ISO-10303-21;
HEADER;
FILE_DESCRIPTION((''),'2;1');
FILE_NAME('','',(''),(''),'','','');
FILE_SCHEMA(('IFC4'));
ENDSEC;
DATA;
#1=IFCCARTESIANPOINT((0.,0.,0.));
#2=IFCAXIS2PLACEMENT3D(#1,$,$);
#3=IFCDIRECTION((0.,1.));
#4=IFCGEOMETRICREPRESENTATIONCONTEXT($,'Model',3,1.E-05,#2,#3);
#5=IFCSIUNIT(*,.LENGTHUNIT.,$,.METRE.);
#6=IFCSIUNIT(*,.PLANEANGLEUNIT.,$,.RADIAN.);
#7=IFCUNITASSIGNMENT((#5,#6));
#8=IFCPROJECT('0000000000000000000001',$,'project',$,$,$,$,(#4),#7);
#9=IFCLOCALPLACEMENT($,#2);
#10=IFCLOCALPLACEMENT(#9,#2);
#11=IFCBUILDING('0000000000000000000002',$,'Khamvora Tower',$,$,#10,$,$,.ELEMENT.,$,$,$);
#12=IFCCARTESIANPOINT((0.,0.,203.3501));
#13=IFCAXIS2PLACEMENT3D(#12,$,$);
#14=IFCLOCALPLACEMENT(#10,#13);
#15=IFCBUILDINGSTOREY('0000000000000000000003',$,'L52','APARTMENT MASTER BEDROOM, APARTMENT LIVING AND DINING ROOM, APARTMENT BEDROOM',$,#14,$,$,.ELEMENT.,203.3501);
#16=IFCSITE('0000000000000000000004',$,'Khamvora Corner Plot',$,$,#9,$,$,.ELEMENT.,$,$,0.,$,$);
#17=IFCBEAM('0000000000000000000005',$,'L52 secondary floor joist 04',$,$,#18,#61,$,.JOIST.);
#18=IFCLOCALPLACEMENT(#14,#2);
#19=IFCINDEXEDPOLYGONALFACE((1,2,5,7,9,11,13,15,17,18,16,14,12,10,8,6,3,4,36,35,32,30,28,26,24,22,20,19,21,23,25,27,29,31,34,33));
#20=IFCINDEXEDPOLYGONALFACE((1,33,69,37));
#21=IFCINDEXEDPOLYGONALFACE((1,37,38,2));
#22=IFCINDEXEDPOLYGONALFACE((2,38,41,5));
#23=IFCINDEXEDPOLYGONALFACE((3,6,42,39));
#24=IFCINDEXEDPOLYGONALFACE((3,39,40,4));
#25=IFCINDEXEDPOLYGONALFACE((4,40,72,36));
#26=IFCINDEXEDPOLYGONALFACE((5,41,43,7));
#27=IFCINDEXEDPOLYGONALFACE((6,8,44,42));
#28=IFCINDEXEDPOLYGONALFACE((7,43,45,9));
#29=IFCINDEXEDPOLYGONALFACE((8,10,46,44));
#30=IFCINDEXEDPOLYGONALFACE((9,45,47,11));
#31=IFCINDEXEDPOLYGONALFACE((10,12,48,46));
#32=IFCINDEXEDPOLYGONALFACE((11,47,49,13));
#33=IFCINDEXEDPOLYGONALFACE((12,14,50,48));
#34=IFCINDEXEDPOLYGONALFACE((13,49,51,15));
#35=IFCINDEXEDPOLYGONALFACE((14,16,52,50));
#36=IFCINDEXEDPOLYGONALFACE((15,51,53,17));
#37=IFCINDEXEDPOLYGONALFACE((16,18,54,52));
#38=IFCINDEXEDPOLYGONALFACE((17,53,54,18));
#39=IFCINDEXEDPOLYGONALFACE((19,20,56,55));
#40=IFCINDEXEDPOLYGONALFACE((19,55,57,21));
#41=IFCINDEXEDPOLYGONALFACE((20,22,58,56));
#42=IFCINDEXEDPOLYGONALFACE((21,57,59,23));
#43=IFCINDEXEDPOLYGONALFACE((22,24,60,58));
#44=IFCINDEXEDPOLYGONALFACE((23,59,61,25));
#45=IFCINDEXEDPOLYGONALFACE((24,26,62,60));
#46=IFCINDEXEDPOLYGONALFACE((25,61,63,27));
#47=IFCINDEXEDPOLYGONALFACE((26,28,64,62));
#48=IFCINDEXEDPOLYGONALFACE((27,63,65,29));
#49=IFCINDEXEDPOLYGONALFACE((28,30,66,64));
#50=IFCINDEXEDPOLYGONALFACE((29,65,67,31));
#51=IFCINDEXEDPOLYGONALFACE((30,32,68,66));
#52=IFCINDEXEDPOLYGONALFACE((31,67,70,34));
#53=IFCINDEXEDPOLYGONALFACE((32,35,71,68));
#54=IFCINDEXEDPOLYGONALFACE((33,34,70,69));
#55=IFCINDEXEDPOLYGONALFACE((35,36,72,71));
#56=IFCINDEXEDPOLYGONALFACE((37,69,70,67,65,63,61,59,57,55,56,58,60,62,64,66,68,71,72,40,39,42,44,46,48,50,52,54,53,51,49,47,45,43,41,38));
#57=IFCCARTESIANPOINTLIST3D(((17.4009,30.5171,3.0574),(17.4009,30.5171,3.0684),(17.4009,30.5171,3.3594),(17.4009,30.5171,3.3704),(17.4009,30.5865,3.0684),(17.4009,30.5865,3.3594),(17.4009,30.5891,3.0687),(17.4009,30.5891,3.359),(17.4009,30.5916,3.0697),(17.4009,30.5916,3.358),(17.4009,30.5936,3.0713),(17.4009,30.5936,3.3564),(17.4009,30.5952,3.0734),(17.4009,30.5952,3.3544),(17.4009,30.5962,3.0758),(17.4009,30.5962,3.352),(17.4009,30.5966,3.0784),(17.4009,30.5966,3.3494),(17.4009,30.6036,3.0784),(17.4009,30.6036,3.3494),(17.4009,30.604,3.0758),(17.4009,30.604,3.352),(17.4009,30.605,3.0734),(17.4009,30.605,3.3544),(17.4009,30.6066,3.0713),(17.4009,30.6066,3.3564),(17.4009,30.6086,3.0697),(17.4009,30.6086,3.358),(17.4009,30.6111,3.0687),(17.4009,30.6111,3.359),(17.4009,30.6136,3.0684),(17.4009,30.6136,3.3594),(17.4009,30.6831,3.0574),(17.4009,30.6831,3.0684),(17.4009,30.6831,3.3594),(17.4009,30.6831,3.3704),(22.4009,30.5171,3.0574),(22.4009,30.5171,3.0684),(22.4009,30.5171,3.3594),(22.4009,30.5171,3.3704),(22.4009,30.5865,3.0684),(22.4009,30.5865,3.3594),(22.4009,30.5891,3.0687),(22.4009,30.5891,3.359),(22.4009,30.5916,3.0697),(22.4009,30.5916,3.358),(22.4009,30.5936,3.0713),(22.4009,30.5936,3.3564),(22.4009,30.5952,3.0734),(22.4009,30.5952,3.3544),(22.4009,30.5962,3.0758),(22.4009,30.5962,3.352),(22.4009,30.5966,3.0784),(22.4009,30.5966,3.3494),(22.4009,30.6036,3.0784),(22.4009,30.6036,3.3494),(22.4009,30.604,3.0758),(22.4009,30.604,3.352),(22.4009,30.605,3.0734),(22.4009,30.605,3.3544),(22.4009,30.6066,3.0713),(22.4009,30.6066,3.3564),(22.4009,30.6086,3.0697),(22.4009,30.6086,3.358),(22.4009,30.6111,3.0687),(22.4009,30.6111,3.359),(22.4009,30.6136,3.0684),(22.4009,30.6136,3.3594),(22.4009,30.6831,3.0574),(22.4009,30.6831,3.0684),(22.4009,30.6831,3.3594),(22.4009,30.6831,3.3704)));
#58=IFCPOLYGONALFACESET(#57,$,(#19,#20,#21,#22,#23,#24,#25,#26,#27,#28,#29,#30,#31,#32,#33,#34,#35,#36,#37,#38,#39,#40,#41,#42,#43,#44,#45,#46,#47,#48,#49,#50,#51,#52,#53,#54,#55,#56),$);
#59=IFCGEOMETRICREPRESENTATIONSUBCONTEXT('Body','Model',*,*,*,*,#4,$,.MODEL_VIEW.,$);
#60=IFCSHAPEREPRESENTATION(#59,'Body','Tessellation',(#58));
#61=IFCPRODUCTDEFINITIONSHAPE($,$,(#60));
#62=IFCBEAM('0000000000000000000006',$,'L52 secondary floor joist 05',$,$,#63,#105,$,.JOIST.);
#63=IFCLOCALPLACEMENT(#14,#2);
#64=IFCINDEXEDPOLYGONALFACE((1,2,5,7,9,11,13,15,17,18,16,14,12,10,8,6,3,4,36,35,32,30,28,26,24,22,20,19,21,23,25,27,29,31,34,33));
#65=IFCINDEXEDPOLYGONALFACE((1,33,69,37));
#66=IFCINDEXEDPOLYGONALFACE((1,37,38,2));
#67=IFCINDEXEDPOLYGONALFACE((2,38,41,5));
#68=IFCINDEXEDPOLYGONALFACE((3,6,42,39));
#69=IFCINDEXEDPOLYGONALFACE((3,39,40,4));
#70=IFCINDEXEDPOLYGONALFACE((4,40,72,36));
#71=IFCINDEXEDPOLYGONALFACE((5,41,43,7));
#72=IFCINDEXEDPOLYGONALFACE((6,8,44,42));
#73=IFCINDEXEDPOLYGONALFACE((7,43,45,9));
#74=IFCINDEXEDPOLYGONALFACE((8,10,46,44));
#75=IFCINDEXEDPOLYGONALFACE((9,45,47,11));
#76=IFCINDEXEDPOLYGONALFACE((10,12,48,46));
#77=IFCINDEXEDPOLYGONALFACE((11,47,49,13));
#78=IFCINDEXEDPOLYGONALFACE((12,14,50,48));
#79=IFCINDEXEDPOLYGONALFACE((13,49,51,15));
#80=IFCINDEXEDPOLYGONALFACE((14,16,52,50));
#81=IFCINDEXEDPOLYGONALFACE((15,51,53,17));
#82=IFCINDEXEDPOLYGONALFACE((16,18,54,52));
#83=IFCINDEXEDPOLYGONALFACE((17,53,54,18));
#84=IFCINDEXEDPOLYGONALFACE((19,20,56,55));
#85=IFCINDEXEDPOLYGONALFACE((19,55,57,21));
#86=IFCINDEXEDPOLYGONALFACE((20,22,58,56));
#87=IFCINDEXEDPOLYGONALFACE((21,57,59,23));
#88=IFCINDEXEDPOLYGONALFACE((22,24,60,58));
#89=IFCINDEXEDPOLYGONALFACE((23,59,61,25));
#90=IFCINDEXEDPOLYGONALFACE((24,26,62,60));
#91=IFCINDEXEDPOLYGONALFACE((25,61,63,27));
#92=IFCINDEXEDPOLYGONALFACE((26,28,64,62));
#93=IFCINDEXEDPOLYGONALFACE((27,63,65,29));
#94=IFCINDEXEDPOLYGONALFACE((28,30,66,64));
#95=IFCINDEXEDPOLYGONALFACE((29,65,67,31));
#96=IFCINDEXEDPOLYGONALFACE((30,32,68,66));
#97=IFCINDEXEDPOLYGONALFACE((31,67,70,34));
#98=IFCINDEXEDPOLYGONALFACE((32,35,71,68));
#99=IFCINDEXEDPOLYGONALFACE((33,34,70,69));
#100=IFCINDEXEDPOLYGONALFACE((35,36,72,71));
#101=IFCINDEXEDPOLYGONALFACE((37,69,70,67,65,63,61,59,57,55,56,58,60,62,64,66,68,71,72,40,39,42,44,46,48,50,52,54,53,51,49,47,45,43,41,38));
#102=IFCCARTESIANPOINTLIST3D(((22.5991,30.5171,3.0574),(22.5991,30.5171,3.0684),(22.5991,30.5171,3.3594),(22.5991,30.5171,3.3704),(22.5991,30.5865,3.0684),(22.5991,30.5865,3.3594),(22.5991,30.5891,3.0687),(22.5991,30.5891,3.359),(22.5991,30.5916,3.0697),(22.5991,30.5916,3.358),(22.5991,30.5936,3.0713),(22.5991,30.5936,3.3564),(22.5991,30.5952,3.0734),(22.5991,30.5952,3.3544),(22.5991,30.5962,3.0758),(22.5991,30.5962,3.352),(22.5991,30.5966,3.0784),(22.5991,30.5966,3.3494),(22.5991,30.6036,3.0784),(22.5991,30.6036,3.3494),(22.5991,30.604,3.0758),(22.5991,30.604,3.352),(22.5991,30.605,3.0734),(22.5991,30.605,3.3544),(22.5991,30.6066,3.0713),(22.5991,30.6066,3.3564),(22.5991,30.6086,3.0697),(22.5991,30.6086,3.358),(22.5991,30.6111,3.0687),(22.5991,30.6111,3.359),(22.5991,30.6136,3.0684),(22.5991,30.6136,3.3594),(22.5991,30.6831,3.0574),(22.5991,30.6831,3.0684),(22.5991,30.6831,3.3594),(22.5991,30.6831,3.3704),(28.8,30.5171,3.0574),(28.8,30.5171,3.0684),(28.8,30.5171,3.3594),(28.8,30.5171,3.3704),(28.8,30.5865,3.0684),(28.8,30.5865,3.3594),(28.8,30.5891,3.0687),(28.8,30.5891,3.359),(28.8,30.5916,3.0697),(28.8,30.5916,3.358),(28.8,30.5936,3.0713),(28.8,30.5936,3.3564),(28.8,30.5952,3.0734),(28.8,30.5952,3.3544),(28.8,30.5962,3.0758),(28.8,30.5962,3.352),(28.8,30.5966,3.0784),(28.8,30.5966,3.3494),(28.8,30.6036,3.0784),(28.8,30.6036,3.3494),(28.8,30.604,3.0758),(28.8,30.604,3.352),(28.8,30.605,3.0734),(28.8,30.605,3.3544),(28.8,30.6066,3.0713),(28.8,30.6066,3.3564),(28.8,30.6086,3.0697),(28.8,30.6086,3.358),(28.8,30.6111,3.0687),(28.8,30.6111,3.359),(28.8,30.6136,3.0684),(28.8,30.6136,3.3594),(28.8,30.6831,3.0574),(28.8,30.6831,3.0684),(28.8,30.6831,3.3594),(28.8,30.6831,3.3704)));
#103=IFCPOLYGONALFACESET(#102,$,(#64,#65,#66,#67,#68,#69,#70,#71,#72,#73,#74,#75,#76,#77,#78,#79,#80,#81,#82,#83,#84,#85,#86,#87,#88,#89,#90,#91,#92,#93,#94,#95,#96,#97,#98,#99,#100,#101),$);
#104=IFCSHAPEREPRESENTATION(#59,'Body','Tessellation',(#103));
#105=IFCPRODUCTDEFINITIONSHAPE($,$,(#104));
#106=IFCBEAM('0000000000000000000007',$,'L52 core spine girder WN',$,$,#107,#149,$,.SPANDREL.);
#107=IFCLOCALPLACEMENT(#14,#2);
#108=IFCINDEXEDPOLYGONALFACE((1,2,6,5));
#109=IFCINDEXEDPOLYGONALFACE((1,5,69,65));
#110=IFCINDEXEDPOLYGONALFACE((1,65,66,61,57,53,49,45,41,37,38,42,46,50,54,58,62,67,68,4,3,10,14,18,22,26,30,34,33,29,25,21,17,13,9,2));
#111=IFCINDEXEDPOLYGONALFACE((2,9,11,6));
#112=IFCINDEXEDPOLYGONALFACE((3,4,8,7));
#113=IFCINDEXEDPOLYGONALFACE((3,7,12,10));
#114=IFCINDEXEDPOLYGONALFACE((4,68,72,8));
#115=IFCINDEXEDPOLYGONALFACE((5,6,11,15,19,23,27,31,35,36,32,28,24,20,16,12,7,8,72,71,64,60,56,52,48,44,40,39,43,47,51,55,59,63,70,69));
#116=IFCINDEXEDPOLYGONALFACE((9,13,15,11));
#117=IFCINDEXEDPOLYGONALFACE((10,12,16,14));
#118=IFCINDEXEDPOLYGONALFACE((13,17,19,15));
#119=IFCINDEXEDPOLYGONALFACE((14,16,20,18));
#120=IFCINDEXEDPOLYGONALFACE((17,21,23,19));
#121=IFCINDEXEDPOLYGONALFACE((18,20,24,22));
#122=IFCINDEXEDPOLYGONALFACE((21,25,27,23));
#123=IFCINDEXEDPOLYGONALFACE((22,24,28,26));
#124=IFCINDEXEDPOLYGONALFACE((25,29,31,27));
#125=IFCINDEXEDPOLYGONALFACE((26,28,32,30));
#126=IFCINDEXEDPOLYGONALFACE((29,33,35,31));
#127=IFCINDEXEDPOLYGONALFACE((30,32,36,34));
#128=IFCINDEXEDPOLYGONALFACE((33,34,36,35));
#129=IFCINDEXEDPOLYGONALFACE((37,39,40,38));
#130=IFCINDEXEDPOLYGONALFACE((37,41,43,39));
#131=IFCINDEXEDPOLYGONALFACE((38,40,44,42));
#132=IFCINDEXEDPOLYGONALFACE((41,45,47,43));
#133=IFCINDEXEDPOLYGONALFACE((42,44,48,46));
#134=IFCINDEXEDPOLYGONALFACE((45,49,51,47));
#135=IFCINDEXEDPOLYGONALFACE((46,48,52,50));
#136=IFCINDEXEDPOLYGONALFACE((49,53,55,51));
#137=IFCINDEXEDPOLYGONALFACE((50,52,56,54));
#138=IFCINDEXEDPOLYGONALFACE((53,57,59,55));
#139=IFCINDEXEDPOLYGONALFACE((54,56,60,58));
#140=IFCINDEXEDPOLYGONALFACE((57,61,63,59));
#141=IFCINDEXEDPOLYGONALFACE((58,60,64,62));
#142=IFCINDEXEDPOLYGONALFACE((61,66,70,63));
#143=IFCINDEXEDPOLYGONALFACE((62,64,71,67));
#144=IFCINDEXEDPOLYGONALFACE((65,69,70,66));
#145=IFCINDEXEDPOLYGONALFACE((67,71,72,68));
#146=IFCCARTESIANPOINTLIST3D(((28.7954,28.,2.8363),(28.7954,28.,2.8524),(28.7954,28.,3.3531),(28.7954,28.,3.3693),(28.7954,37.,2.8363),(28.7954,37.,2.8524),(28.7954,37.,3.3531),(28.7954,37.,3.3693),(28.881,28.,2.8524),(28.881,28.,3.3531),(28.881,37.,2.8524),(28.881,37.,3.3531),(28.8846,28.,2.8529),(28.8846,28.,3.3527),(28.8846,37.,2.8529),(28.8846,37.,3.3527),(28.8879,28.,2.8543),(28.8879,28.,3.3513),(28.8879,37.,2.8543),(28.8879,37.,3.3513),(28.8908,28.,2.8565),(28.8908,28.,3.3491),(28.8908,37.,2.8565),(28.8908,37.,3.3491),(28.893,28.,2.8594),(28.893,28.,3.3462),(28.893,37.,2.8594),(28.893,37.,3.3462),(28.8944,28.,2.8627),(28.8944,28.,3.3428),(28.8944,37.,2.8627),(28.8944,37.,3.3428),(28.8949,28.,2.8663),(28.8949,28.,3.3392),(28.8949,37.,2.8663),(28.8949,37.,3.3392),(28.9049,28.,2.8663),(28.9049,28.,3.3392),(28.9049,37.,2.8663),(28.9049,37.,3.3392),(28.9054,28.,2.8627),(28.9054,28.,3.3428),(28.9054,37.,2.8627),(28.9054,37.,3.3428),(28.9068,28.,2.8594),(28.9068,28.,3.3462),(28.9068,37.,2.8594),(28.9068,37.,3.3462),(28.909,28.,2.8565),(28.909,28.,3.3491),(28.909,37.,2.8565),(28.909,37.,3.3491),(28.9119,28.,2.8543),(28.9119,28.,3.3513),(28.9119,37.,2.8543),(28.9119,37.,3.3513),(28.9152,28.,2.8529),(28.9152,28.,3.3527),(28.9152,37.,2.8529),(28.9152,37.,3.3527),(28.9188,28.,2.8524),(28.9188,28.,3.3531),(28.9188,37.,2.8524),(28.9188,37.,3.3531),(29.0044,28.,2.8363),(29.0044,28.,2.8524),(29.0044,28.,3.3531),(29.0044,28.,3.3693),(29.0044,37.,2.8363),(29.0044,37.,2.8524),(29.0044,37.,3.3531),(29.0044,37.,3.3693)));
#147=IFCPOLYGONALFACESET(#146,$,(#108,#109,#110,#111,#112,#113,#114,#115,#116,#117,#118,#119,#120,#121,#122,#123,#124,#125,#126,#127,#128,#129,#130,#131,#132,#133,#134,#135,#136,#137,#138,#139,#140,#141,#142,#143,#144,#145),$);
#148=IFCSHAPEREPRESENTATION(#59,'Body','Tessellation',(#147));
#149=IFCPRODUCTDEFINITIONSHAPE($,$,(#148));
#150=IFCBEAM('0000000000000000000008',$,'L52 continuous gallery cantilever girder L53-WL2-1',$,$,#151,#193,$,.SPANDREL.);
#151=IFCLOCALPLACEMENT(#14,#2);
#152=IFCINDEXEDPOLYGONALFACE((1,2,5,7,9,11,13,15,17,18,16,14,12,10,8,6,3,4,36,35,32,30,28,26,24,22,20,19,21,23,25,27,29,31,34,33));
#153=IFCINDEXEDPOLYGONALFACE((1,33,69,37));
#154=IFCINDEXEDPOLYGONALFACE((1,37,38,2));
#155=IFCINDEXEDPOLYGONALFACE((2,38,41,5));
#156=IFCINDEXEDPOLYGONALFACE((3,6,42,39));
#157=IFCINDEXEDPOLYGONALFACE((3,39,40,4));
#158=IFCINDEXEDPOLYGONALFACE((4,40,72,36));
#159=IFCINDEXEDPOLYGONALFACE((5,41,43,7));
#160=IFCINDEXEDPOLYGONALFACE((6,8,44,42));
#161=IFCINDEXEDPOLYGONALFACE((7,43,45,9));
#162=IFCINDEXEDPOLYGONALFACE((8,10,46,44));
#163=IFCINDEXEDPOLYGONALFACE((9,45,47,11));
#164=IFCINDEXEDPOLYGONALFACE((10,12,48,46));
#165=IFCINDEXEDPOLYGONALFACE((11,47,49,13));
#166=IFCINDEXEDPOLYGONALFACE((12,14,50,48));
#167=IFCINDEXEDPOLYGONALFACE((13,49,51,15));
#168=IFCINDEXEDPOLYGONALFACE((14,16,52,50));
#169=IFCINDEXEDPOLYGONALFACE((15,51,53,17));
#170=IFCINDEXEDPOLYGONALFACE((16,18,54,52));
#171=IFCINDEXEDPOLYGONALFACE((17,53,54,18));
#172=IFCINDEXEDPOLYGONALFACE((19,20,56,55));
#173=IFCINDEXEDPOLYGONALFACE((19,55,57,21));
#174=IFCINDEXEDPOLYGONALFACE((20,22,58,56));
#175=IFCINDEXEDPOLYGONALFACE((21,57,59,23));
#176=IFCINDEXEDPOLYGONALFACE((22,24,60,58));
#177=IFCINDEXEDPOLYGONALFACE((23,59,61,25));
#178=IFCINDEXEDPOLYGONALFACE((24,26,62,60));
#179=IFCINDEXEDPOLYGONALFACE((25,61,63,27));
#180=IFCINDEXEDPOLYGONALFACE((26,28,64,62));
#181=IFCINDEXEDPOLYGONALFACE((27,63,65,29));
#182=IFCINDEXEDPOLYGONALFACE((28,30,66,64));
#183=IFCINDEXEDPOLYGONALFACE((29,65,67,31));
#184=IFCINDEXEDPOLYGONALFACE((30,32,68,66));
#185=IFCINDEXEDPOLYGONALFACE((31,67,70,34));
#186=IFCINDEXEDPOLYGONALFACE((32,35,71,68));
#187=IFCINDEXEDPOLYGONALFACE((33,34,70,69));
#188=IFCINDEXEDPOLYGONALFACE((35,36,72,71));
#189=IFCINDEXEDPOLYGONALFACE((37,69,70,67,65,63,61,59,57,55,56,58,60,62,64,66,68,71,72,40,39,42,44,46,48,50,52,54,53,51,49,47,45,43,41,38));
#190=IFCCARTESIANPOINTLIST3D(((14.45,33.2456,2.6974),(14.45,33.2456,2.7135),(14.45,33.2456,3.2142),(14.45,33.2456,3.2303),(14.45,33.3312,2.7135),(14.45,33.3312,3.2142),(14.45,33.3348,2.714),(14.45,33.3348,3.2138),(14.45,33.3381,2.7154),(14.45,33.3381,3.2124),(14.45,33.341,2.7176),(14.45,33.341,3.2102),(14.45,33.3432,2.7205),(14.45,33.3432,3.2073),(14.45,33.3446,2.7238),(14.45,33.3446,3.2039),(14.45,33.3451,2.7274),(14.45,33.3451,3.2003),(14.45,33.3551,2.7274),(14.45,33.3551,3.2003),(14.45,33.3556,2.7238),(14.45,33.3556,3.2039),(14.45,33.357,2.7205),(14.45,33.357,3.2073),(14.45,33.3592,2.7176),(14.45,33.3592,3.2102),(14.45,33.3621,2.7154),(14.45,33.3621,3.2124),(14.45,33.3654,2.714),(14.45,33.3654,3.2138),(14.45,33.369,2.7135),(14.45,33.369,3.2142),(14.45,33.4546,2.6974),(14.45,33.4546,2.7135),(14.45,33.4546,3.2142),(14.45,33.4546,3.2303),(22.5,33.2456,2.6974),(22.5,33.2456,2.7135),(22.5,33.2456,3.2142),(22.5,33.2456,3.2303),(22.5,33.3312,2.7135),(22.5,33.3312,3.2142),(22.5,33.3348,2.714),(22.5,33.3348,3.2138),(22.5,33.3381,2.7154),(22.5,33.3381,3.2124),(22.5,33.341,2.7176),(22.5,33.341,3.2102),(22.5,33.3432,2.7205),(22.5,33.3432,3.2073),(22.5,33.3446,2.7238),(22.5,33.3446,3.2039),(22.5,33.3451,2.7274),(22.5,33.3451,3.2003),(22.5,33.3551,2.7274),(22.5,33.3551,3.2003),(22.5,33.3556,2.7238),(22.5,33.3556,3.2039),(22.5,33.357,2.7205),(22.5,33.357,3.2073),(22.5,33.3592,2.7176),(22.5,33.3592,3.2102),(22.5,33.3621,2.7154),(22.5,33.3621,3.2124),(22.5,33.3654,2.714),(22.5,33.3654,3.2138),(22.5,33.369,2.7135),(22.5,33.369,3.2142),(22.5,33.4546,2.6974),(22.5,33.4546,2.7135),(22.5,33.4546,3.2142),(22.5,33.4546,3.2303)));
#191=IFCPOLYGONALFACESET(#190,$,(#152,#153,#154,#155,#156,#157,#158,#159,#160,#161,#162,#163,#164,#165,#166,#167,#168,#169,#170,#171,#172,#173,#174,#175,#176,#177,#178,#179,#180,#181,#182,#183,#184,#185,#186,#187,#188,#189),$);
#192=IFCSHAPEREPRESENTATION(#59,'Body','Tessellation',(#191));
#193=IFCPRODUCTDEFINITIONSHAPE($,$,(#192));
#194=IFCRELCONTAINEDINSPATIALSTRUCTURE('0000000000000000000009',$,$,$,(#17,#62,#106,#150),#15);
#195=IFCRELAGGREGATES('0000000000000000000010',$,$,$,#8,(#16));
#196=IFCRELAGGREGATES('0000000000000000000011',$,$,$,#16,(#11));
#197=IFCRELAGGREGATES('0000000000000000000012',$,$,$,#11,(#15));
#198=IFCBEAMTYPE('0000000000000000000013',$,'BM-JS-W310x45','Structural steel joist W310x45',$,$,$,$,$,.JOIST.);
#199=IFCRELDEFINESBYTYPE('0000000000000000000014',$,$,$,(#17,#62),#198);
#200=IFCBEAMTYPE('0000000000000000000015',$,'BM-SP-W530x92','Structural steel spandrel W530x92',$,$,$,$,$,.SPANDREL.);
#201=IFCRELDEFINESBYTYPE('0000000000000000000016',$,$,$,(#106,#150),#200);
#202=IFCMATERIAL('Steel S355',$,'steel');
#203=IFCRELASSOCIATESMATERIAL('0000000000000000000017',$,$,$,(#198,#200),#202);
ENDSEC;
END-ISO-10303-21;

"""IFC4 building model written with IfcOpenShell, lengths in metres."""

from ifc_helpers import new_model, si_unit, direction, frame, origin, origin_2d, place, context, subcontext, project, spatial, i_section, extrude, material, material_profile, profile_set, type_object, element, save


model = new_model("IFC4")

# Units and contexts
model_context = context("Model", 3, precision=1e-05, world=origin(), true_north=direction((0.0, 1.0)))
body_context = subcontext(model_context, "Body", "Model", "MODEL_VIEW")
ifc_project = project(units=[si_unit("LENGTHUNIT", "METRE"), si_unit("PLANEANGLEUNIT", "RADIAN")], contexts=[model_context])

# Site, building, storey
site_placement = place(None, origin())
site = spatial("IfcSite", under=ifc_project, at=site_placement, Name="Khamvora Corner Plot", CompositionType="ELEMENT", RefElevation=0.0)
building_placement = place(site_placement, origin())
building = spatial("IfcBuilding", under=site, at=building_placement, Name="Khamvora Tower", CompositionType="ELEMENT")
storey_placement = place(building_placement, frame((0.0, 0.0, 203.3501)))
storey = spatial("IfcBuildingStorey", under=building, at=storey_placement, Name="L52", Description="APARTMENT MASTER BEDROOM, APARTMENT LIVING AND DINING ROOM, APARTMENT BEDROOM", CompositionType="ELEMENT", Elevation=203.3501)

# Beams
ifc_material_1 = material(Name="Steel S355", Category="steel")
ifc_material_profile_1 = material_profile(ifc_material_1, i_section(OverallWidth=0.166, OverallDepth=0.313, WebThickness=0.0071, FlangeThickness=0.011, FilletRadius=0.01, at=origin_2d()), Name="W310x45")
ifc_profile_set_1 = profile_set([ifc_material_profile_1], Name="Steel S355")
beam_type_1 = type_object("IfcBeamType", Name="BM-JS-W310x45", Description="Structural steel joist W310x45", PredefinedType="JOIST", material=ifc_profile_set_1)
beam_1_placement = place(storey_placement, frame((17.4009, 30.6001, 3.2139), z_axis=(1.0, 0.0, 0.0), x_axis=(0.0, 1.0, 0.0)))
element("IfcBeam", 1, at=beam_1_placement, inside=storey, type_object=beam_type_1, Name="L52 secondary floor joist 04", PredefinedType="JOIST", context=body_context, shape_type="SweptSolid", body=[
    extrude(i_section(OverallWidth=0.166, OverallDepth=0.313, WebThickness=0.0071, FlangeThickness=0.011, FilletRadius=0.01, at=origin_2d()), origin(), (0.0, 0.0, 1.0), 5.0),
])
beam_2_placement = place(storey_placement, frame((22.5991, 30.6001, 3.2139), z_axis=(1.0, 0.0, 0.0), x_axis=(0.0, 1.0, 0.0)))
element("IfcBeam", 2, at=beam_2_placement, inside=storey, type_object=beam_type_1, Name="L52 secondary floor joist 05", PredefinedType="JOIST", context=body_context, shape_type="SweptSolid", body=[
    extrude(i_section(OverallWidth=0.166, OverallDepth=0.313, WebThickness=0.0071, FlangeThickness=0.011, FilletRadius=0.01, at=origin_2d()), origin(), (0.0, 0.0, 1.0), 6.2009),
])
ifc_material_profile_2 = material_profile(ifc_material_1, i_section(OverallWidth=0.209, OverallDepth=0.533, WebThickness=0.01, FlangeThickness=0.0161, FilletRadius=0.0139, at=origin_2d()), Name="W530x92")
ifc_profile_set_2 = profile_set([ifc_material_profile_2], Name="Steel S355")
beam_type_2 = type_object("IfcBeamType", Name="BM-SP-W530x92", Description="Structural steel spandrel W530x92", PredefinedType="SPANDREL", material=ifc_profile_set_2)
beam_3_placement = place(storey_placement, frame((28.8999, 28.0, 3.1028), z_axis=(0.0, 1.0, 0.0), x_axis=(-1.0, 0.0, 0.0)))
element("IfcBeam", 3, at=beam_3_placement, inside=storey, type_object=beam_type_2, Name="L52 core spine girder WN", PredefinedType="SPANDREL", context=body_context, shape_type="SweptSolid", body=[
    extrude(i_section(OverallWidth=0.209, OverallDepth=0.533, WebThickness=0.01, FlangeThickness=0.0161, FilletRadius=0.0139, at=origin_2d()), origin(), (0.0, 0.0, 1.0), 9.0),
])
beam_4_placement = place(storey_placement, frame((22.5, 33.3501, 2.9639), z_axis=(-1.0, 0.0, 0.0), x_axis=(0.0, -1.0, 0.0)))
element("IfcBeam", 4, at=beam_4_placement, inside=storey, type_object=beam_type_2, Name="L52 continuous gallery cantilever girder L53-WL2-1", PredefinedType="SPANDREL", context=body_context, shape_type="SweptSolid", body=[
    extrude(i_section(OverallWidth=0.209, OverallDepth=0.533, WebThickness=0.01, FlangeThickness=0.0161, FilletRadius=0.0139, at=origin_2d()), origin(), (0.0, 0.0, 1.0), 8.05),
])

save(model, "model.ifc")
